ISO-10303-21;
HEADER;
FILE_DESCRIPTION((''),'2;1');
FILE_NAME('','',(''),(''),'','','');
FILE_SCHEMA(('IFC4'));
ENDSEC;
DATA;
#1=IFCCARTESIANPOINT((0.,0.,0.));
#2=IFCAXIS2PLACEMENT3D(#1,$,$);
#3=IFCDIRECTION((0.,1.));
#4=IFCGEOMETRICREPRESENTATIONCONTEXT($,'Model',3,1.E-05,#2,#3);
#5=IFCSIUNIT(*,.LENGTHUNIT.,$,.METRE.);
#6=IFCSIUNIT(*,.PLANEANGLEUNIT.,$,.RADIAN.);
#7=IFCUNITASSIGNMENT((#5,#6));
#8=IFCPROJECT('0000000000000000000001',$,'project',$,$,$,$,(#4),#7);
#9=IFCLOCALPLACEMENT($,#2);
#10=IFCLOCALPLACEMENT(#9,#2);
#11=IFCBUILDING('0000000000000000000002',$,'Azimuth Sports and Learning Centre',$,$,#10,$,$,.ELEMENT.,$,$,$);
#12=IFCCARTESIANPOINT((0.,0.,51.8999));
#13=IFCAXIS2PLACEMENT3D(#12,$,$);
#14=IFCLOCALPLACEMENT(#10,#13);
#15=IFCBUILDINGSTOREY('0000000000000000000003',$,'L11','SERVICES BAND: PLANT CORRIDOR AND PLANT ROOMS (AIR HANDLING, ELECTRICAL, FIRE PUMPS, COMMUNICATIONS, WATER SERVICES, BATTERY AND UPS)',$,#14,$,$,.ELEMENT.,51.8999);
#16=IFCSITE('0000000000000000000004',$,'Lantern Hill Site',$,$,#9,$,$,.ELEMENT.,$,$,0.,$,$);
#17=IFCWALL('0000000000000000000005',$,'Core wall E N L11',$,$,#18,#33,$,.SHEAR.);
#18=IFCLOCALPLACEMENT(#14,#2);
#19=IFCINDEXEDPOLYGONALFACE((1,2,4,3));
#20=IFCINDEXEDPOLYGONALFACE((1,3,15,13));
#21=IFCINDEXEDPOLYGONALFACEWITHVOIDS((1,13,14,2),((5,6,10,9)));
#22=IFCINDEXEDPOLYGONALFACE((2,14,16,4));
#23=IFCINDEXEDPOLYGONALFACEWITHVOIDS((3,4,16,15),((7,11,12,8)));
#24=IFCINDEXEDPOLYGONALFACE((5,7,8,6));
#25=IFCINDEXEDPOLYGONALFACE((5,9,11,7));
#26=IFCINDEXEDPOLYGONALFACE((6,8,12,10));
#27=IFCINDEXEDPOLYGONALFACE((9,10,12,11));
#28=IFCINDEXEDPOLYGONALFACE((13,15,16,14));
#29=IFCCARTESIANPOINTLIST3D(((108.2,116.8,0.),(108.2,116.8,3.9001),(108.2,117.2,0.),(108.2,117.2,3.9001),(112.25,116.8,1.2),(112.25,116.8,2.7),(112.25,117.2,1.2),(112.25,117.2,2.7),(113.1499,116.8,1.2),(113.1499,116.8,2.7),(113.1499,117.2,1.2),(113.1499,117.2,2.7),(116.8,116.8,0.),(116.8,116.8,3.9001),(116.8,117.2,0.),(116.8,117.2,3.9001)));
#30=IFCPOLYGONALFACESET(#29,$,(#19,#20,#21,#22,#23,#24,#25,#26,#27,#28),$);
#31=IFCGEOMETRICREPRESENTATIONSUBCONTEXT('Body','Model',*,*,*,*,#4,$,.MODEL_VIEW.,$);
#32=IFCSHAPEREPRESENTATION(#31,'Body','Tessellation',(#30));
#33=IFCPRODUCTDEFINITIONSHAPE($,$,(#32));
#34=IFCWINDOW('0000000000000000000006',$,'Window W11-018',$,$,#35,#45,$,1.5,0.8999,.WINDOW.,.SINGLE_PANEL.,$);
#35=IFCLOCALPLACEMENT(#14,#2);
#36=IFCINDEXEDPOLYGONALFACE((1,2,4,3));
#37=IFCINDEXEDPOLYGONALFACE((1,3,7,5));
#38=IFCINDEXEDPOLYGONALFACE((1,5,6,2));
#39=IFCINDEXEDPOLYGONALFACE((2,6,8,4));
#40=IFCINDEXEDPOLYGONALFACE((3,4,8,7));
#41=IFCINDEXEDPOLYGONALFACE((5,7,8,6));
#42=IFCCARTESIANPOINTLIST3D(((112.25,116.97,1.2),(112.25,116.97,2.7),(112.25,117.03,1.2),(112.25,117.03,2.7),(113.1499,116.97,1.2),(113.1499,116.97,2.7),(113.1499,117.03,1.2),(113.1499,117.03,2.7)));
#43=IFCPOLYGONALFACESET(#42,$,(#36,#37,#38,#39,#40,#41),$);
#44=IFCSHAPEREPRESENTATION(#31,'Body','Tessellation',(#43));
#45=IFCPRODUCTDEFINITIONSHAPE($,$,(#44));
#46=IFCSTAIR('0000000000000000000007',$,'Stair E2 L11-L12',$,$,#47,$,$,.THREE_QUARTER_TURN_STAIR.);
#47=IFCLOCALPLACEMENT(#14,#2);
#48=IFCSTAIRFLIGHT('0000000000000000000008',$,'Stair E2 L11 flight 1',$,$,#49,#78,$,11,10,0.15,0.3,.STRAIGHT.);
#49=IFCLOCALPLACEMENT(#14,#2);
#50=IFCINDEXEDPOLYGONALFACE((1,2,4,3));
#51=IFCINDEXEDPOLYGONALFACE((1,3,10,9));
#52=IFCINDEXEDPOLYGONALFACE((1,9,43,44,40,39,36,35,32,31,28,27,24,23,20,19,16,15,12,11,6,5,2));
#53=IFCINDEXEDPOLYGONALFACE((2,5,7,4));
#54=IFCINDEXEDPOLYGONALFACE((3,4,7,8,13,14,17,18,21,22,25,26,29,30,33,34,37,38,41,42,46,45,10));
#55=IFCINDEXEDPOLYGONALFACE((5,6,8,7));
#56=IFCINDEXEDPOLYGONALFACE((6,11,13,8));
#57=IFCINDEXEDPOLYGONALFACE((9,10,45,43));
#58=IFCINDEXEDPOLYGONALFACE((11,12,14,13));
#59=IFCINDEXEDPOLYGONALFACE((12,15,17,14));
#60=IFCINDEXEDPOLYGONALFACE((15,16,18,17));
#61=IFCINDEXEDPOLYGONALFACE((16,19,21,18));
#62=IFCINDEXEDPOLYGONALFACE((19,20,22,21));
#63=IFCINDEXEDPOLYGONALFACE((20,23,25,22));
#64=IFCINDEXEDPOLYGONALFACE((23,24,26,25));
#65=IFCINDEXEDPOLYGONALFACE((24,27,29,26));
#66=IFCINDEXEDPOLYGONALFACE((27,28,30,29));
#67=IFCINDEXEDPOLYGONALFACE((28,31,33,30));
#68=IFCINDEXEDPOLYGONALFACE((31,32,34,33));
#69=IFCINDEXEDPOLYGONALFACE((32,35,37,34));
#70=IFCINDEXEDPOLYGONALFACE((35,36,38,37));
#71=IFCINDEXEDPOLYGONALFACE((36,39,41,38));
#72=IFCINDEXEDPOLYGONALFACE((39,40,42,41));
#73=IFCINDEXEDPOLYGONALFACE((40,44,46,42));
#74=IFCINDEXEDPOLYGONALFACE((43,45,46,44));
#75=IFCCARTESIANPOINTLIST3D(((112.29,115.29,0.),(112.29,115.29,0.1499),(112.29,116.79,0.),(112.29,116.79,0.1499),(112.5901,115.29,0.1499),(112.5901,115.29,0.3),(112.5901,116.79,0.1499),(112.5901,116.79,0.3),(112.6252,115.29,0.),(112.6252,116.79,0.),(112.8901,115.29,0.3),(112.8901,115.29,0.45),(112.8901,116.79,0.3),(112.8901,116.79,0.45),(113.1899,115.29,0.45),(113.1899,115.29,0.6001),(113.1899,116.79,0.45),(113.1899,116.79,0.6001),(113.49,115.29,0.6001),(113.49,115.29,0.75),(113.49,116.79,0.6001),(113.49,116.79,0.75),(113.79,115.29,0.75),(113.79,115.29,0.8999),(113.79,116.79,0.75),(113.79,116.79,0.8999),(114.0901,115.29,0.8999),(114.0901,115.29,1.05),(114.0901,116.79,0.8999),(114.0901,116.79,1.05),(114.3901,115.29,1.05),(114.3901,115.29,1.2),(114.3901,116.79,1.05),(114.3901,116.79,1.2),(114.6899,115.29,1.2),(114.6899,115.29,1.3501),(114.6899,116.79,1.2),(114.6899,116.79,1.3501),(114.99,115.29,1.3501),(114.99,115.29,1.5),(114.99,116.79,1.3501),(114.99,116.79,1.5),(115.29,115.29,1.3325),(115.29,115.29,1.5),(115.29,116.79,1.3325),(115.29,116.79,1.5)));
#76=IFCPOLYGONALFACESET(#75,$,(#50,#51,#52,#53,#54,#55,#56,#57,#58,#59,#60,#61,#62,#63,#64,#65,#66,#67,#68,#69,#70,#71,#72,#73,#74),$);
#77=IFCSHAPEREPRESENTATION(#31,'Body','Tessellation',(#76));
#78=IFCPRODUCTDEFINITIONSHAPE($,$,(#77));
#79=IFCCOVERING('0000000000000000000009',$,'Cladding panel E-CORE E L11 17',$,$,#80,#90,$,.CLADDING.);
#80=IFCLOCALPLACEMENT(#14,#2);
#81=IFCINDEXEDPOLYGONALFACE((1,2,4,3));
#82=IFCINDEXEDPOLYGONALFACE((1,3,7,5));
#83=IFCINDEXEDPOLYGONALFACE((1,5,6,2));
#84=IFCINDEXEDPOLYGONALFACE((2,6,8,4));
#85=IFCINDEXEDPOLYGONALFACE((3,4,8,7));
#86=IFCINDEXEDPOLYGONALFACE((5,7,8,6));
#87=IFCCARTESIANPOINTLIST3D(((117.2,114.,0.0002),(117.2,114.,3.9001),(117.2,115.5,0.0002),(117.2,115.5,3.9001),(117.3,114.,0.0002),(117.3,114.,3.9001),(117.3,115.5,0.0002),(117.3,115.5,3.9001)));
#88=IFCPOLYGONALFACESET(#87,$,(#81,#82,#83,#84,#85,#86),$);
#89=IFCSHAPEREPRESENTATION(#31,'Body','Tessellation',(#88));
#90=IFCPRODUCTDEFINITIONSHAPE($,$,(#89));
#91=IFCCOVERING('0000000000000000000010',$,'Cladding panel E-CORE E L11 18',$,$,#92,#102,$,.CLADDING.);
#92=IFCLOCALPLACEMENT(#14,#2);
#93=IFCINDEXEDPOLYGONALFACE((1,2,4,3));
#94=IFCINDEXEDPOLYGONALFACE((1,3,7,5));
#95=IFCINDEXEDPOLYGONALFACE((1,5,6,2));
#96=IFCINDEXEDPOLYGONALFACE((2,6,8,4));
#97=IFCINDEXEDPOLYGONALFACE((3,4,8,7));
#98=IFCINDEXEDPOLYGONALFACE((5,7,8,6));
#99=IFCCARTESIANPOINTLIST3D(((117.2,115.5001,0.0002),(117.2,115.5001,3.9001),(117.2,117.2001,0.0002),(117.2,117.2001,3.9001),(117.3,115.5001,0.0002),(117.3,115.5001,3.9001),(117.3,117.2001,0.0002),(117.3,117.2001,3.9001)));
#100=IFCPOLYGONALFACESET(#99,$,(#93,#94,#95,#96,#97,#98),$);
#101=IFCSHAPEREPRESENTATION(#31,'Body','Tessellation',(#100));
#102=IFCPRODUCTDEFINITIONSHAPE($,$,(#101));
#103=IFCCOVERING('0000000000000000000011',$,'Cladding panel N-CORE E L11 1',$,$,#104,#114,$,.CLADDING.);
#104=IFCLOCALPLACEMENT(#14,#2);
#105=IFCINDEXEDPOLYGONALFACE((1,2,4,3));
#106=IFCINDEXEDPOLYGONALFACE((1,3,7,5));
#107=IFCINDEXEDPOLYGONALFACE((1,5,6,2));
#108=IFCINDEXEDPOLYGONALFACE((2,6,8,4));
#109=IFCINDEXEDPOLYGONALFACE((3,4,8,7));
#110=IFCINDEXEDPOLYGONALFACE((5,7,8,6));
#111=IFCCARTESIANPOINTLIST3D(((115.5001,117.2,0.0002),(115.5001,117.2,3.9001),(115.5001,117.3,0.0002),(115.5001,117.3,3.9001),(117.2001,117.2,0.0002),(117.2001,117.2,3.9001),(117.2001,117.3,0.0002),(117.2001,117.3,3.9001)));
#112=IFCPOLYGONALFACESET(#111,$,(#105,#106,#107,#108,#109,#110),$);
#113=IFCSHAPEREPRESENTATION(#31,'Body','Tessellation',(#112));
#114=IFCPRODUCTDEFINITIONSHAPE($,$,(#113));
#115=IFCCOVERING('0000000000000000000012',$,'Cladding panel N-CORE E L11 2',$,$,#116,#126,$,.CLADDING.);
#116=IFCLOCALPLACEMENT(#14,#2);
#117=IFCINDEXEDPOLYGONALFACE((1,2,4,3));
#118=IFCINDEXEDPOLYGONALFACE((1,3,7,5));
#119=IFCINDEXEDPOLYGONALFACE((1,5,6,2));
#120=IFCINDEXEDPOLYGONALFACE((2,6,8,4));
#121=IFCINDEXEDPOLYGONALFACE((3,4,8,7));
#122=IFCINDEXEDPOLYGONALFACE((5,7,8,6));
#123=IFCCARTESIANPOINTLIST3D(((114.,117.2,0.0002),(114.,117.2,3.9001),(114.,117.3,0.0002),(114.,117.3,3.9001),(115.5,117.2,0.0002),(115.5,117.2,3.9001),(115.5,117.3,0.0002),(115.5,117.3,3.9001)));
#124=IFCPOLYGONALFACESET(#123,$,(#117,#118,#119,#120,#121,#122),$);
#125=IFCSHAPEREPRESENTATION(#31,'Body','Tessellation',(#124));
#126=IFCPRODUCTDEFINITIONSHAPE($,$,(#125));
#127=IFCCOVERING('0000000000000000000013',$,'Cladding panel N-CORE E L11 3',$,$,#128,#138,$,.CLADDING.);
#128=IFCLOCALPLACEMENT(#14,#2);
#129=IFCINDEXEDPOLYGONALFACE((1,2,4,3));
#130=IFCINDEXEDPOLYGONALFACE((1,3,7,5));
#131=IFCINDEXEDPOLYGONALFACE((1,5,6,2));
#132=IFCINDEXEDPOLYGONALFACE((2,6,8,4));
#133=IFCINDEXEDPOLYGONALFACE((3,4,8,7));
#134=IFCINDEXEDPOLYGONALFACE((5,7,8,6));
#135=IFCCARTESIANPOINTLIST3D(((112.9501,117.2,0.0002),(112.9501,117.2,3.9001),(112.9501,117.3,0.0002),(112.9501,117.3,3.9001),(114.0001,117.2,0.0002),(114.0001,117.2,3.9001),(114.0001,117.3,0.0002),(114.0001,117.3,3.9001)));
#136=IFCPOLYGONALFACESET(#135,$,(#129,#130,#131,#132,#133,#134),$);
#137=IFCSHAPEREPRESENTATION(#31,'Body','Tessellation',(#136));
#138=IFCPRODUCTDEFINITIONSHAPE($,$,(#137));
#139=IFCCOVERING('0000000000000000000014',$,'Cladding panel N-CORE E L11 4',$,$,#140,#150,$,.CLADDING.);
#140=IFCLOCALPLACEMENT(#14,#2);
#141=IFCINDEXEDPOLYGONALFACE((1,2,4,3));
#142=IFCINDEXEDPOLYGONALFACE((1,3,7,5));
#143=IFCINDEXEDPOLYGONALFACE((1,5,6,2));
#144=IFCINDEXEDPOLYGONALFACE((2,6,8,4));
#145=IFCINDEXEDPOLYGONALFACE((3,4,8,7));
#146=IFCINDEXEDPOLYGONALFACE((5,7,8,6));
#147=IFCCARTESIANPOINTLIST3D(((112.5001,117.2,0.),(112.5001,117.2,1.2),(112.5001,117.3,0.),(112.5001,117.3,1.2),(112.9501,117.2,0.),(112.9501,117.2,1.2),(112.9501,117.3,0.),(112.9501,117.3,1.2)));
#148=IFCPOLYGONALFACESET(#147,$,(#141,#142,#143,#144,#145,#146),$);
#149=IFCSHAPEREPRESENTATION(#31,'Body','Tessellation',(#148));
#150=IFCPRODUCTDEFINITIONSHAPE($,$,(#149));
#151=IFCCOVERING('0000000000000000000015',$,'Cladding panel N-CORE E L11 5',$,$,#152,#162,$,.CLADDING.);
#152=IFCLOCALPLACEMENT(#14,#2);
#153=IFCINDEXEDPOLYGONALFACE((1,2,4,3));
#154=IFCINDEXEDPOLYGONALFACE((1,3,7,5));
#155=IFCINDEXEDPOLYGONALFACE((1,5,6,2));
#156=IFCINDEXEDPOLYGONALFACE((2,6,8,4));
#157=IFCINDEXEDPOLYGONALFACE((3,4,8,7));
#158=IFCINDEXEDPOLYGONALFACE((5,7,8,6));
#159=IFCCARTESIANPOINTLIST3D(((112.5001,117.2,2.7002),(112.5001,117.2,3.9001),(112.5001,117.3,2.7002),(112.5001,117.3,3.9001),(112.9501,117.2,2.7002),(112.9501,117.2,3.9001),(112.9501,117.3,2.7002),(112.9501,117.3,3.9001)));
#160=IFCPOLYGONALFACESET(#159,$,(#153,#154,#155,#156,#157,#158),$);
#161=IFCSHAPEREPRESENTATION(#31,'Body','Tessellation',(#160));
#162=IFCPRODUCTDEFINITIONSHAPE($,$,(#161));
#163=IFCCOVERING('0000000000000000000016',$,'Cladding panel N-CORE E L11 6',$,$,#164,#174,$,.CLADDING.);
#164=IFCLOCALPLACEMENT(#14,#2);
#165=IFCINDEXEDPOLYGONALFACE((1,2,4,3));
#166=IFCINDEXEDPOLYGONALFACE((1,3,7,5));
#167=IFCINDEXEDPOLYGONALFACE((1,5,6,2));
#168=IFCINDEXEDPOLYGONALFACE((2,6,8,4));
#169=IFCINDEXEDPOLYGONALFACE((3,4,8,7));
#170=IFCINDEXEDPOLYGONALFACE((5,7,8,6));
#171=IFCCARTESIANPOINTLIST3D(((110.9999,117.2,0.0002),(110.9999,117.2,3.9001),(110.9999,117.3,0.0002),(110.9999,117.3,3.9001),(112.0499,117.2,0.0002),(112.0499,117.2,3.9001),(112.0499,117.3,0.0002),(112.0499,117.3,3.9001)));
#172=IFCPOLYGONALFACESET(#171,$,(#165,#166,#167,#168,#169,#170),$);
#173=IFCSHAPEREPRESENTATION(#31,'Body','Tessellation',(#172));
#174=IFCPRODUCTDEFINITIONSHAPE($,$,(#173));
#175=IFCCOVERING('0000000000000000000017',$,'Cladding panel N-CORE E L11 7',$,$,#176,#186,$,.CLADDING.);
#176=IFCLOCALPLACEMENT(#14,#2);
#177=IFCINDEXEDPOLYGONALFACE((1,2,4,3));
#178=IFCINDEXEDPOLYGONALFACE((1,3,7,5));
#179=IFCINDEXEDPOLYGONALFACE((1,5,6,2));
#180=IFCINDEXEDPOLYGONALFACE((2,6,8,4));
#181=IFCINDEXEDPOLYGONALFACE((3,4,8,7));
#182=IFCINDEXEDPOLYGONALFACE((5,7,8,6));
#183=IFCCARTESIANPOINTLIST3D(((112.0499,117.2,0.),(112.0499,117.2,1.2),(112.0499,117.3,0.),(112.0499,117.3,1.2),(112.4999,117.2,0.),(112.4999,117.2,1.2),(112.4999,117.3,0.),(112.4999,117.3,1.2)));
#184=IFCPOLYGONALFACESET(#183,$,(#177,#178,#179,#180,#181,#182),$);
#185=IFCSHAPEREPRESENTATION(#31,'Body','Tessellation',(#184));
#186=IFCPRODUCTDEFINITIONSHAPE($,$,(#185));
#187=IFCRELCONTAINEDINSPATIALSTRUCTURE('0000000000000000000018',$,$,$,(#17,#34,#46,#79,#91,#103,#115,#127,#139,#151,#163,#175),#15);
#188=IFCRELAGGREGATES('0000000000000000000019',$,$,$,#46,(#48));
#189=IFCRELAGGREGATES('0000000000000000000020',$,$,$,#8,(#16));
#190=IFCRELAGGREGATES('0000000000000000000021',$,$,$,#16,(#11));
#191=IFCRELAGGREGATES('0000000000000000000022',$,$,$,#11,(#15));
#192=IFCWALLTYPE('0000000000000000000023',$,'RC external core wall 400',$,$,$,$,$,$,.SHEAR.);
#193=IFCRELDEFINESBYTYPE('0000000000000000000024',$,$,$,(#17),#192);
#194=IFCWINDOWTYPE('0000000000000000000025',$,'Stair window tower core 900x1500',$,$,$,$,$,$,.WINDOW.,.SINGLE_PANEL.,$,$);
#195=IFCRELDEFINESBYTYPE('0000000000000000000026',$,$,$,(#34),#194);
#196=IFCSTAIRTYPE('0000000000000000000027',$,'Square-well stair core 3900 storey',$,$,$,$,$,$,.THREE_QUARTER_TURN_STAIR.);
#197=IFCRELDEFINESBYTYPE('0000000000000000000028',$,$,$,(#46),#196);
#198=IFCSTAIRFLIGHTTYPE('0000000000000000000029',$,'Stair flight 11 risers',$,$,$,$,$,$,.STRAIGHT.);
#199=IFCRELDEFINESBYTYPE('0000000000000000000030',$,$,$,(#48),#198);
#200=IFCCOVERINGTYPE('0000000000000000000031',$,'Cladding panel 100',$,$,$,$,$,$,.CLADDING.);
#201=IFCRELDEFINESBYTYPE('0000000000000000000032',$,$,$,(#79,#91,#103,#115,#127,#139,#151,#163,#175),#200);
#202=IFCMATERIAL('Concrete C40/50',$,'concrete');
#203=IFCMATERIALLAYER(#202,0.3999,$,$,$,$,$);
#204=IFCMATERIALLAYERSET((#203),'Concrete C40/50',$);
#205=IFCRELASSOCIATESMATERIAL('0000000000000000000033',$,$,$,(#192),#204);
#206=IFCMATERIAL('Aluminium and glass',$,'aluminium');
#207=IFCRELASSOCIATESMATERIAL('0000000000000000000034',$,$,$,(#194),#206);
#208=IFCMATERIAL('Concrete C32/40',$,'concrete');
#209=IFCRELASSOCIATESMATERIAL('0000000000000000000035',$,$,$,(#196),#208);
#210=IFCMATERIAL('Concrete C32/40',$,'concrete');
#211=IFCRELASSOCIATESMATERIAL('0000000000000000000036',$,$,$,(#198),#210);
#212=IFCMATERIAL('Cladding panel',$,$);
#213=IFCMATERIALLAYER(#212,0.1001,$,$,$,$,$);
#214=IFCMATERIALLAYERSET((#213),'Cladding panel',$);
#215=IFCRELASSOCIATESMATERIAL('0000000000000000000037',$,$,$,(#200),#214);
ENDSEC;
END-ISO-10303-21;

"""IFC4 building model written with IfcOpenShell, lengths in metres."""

from ifc_helpers import new_model, si_unit, direction, frame, frame_2d, origin, origin_2d, place, context, subcontext, project, spatial, polyline, rectangle, outline, extrude, material, layer, layer_set, type_object, element, fill, aggregate, save


model = new_model("IFC4")

# Units and contexts
model_context = context("Model", 3, precision=1e-05, world=origin(), true_north=direction((0.0, 1.0)))
body_context = subcontext(model_context, "Body", "Model", "MODEL_VIEW")
ifc_project = project(units=[si_unit("LENGTHUNIT", "METRE"), si_unit("PLANEANGLEUNIT", "RADIAN")], contexts=[model_context])

# Site, building, storey
site_placement = place(None, origin())
site = spatial("IfcSite", under=ifc_project, at=site_placement, Name="Lantern Hill Site", CompositionType="ELEMENT", RefElevation=0.0)
building_placement = place(site_placement, origin())
building = spatial("IfcBuilding", under=site, at=building_placement, Name="Azimuth Sports and Learning Centre", CompositionType="ELEMENT")
storey_placement = place(building_placement, frame((0.0, 0.0, 51.8999)))
storey = spatial("IfcBuildingStorey", under=building, at=storey_placement, Name="L11", Description="SERVICES BAND: PLANT CORRIDOR AND PLANT ROOMS (AIR HANDLING, ELECTRICAL, FIRE PUMPS, COMMUNICATIONS, WATER SERVICES, BATTERY AND UPS)", CompositionType="ELEMENT", Elevation=51.8999)

# Wall, opening, window
ifc_material_1 = material(Name="Concrete C40/50", Category="concrete")
ifc_layer_1 = layer(ifc_material_1, 0.3999)
ifc_layer_set_1 = layer_set([ifc_layer_1], Name="Concrete C40/50")
wall_type_1 = type_object("IfcWallType", Name="RC external core wall 400", PredefinedType="SHEAR", material=ifc_layer_set_1)
wall_1_placement = place(storey_placement, frame((108.2, 117.0, 0.0), z_axis=(0.0, 0.0, 1.0), x_axis=(1.0, 0.0, 0.0)))
wall_1 = element("IfcWall", 1, at=wall_1_placement, inside=storey, type_object=wall_type_1, Name="Core wall E N L11", PredefinedType="SHEAR", context=body_context, shape_type="SweptSolid", body=[
    extrude(rectangle(XDim=8.6001, YDim=0.3999, at=frame_2d((4.3, 0.0))), origin(), (0.0, 0.0, 1.0), 3.9001),
])
opening_1_placement = place(wall_1_placement, frame((4.05, 0.0, 1.2)))
opening_1 = element("IfcOpeningElement", 2, at=opening_1_placement, cuts=wall_1, PredefinedType="OPENING", context=body_context, shape_type="SweptSolid", body=[
    extrude(rectangle(XDim=0.8999, YDim=1.5, at=frame_2d((0.45, 0.75))), frame((0.0, 0.2109, 0.0), z_axis=(0.0, -1.0, 0.0), x_axis=(1.0, 0.0, 0.0)), (0.0, 0.0, 1.0), 0.4219),
])
ifc_material_2 = material(Name="Aluminium and glass", Category="aluminium")
window_type_1 = type_object("IfcWindowType", Name="Stair window tower core 900x1500", PartitioningType="SINGLE_PANEL", PredefinedType="WINDOW", material=ifc_material_2)
window_1_placement = place(opening_1_placement, origin())
window_1 = element("IfcWindow", 3, at=window_1_placement, inside=storey, type_object=window_type_1, Name="Window W11-018", OverallHeight=1.5, OverallWidth=0.8999, PartitioningType="SINGLE_PANEL", PredefinedType="WINDOW", context=body_context, shape_type="SweptSolid", body=[
    extrude(rectangle(XDim=0.8999, YDim=1.5, at=frame_2d((0.45, 0.75))), frame((0.0, 0.03, 0.0), z_axis=(0.0, -1.0, 0.0), x_axis=(1.0, 0.0, 0.0)), (0.0, 0.0, 1.0), 0.0601),
])
fill(opening_1, window_1)

# Stair, stair flight
ifc_material_3 = material(Name="Concrete C32/40", Category="concrete")
stair_type = type_object("IfcStairType", Name="Square-well stair core 3900 storey", PredefinedType="THREE_QUARTER_TURN_STAIR", material=ifc_material_3)
stair_placement = place(storey_placement, origin())
stair = element("IfcStair", 4, at=stair_placement, inside=storey, type_object=stair_type, Name="Stair E2 L11-L12", PredefinedType="THREE_QUARTER_TURN_STAIR")
ifc_material_4 = material(Name="Concrete C32/40", Category="concrete")
stair_flight_type = type_object("IfcStairFlightType", Name="Stair flight 11 risers", PredefinedType="STRAIGHT", material=ifc_material_4)
stair_flight_placement = place(storey_placement, frame((112.29, 116.04, 0.0), z_axis=(0.0, 0.0, 1.0), x_axis=(1.0, 0.0, 0.0)))
stair_flight = element("IfcStairFlight", 5, at=stair_flight_placement, type_object=stair_flight_type, Name="Stair E2 L11 flight 1", NumberOfRisers=11, NumberOfTreads=10, PredefinedType="STRAIGHT", RiserHeight=0.15, TreadLength=0.3, context=body_context, shape_type="SweptSolid", body=[
    extrude(outline(polyline([(0.0, 0.0), (0.0, 0.1499), (0.3, 0.1499), (0.3, 0.3), (0.6001, 0.3), (0.6001, 0.45), (0.8999, 0.45), (0.8999, 0.6001), (1.2, 0.6001), (1.2, 0.75), (1.5, 0.75), (1.5, 0.8999), (1.8, 0.8999), (1.8, 1.05), (2.1001, 1.05), (2.1001, 1.2), (2.3999, 1.2), (2.3999, 1.3501), (2.7, 1.3501), (2.7, 1.5), (3.0, 1.5), (3.0, 1.6499), (3.0, 1.3325), (0.3352, 0.0), (0.0, 0.0)])), frame((0.0, 0.75, 0.0), z_axis=(0.0, -1.0, 0.0), x_axis=(1.0, 0.0, 0.0)), (0.0, 0.0, 1.0), 1.5),
])
aggregate(stair, [stair_flight])

# Coverings
ifc_material_5 = material(Name="Cladding panel")
ifc_layer_2 = layer(ifc_material_5, 0.1001)
ifc_layer_set_2 = layer_set([ifc_layer_2], Name="Cladding panel")
covering_type = type_object("IfcCoveringType", Name="Cladding panel 100", PredefinedType="CLADDING", material=ifc_layer_set_2)
covering_1_placement = place(storey_placement, frame((117.25, 114.75, 0.0002), z_axis=(0.0, 0.0, 1.0), x_axis=(0.0, 1.0, 0.0)))
element("IfcCovering", 6, at=covering_1_placement, inside=storey, type_object=covering_type, Name="Cladding panel E-CORE E L11 17", PredefinedType="CLADDING", context=body_context, shape_type="SweptSolid", body=[
    extrude(rectangle(XDim=1.5, YDim=0.1001, at=origin_2d()), origin(), (0.0, 0.0, 1.0), 3.8999),
])
for number, where, z_axis, x_axis, name in (
    (7, (117.25, 116.3501, 0.0002), (0.0, 0.0, 1.0), (0.0, 1.0, 0.0), "Cladding panel E-CORE E L11 18"),
    (8, (116.3501, 117.25, 0.0002), (0.0, 0.0, 1.0), (-1.0, 0.0, 0.0), "Cladding panel N-CORE E L11 1"),
):
    element("IfcCovering", number, at=place(storey_placement, frame(where, z_axis=z_axis, x_axis=x_axis)), inside=storey, type_object=covering_type, Name=name, PredefinedType="CLADDING", context=body_context, shape_type="SweptSolid", body=[
        extrude(rectangle(XDim=1.7, YDim=0.1001, at=origin_2d()), origin(), (0.0, 0.0, 1.0), 3.8999),
    ])
covering_2_placement = place(storey_placement, frame((114.75, 117.25, 0.0002), z_axis=(0.0, 0.0, 1.0), x_axis=(-1.0, 0.0, 0.0)))
element("IfcCovering", 9, at=covering_2_placement, inside=storey, type_object=covering_type, Name="Cladding panel N-CORE E L11 2", PredefinedType="CLADDING", context=body_context, shape_type="SweptSolid", body=[
    extrude(rectangle(XDim=1.5, YDim=0.1001, at=origin_2d()), origin(), (0.0, 0.0, 1.0), 3.8999),
])
covering_3_placement = place(storey_placement, frame((113.4751, 117.25, 0.0002), z_axis=(0.0, 0.0, 1.0), x_axis=(-1.0, 0.0, 0.0)))
element("IfcCovering", 10, at=covering_3_placement, inside=storey, type_object=covering_type, Name="Cladding panel N-CORE E L11 3", PredefinedType="CLADDING", context=body_context, shape_type="SweptSolid", body=[
    extrude(rectangle(XDim=1.05, YDim=0.1001, at=origin_2d()), origin(), (0.0, 0.0, 1.0), 3.8999),
])
for number, where, z_axis, x_axis, name in (
    (11, (112.7251, 117.25, 0.0), (0.0, 0.0, 1.0), (-1.0, 0.0, 0.0), "Cladding panel N-CORE E L11 4"),
    (12, (112.7251, 117.25, 2.7002), (0.0, 0.0, 1.0), (-1.0, 0.0, 0.0), "Cladding panel N-CORE E L11 5"),
):
    element("IfcCovering", number, at=place(storey_placement, frame(where, z_axis=z_axis, x_axis=x_axis)), inside=storey, type_object=covering_type, Name=name, PredefinedType="CLADDING", context=body_context, shape_type="SweptSolid", body=[
        extrude(rectangle(XDim=0.45, YDim=0.1001, at=origin_2d()), origin(), (0.0, 0.0, 1.0), 1.2),
    ])
covering_4_placement = place(storey_placement, frame((111.5249, 117.25, 0.0002), z_axis=(0.0, 0.0, 1.0), x_axis=(-1.0, 0.0, 0.0)))
element("IfcCovering", 13, at=covering_4_placement, inside=storey, type_object=covering_type, Name="Cladding panel N-CORE E L11 6", PredefinedType="CLADDING", context=body_context, shape_type="SweptSolid", body=[
    extrude(rectangle(XDim=1.05, YDim=0.1001, at=origin_2d()), origin(), (0.0, 0.0, 1.0), 3.8999),
])
for number, where, z_axis, x_axis, name in (
    (14, (112.2749, 117.25, 0.0), (0.0, 0.0, 1.0), (-1.0, 0.0, 0.0), "Cladding panel N-CORE E L11 7"),
):
    element("IfcCovering", number, at=place(storey_placement, frame(where, z_axis=z_axis, x_axis=x_axis)), inside=storey, type_object=covering_type, Name=name, PredefinedType="CLADDING", context=body_context, shape_type="SweptSolid", body=[
        extrude(rectangle(XDim=0.45, YDim=0.1001, at=origin_2d()), origin(), (0.0, 0.0, 1.0), 1.2),
    ])

save(model, "model.ifc")
